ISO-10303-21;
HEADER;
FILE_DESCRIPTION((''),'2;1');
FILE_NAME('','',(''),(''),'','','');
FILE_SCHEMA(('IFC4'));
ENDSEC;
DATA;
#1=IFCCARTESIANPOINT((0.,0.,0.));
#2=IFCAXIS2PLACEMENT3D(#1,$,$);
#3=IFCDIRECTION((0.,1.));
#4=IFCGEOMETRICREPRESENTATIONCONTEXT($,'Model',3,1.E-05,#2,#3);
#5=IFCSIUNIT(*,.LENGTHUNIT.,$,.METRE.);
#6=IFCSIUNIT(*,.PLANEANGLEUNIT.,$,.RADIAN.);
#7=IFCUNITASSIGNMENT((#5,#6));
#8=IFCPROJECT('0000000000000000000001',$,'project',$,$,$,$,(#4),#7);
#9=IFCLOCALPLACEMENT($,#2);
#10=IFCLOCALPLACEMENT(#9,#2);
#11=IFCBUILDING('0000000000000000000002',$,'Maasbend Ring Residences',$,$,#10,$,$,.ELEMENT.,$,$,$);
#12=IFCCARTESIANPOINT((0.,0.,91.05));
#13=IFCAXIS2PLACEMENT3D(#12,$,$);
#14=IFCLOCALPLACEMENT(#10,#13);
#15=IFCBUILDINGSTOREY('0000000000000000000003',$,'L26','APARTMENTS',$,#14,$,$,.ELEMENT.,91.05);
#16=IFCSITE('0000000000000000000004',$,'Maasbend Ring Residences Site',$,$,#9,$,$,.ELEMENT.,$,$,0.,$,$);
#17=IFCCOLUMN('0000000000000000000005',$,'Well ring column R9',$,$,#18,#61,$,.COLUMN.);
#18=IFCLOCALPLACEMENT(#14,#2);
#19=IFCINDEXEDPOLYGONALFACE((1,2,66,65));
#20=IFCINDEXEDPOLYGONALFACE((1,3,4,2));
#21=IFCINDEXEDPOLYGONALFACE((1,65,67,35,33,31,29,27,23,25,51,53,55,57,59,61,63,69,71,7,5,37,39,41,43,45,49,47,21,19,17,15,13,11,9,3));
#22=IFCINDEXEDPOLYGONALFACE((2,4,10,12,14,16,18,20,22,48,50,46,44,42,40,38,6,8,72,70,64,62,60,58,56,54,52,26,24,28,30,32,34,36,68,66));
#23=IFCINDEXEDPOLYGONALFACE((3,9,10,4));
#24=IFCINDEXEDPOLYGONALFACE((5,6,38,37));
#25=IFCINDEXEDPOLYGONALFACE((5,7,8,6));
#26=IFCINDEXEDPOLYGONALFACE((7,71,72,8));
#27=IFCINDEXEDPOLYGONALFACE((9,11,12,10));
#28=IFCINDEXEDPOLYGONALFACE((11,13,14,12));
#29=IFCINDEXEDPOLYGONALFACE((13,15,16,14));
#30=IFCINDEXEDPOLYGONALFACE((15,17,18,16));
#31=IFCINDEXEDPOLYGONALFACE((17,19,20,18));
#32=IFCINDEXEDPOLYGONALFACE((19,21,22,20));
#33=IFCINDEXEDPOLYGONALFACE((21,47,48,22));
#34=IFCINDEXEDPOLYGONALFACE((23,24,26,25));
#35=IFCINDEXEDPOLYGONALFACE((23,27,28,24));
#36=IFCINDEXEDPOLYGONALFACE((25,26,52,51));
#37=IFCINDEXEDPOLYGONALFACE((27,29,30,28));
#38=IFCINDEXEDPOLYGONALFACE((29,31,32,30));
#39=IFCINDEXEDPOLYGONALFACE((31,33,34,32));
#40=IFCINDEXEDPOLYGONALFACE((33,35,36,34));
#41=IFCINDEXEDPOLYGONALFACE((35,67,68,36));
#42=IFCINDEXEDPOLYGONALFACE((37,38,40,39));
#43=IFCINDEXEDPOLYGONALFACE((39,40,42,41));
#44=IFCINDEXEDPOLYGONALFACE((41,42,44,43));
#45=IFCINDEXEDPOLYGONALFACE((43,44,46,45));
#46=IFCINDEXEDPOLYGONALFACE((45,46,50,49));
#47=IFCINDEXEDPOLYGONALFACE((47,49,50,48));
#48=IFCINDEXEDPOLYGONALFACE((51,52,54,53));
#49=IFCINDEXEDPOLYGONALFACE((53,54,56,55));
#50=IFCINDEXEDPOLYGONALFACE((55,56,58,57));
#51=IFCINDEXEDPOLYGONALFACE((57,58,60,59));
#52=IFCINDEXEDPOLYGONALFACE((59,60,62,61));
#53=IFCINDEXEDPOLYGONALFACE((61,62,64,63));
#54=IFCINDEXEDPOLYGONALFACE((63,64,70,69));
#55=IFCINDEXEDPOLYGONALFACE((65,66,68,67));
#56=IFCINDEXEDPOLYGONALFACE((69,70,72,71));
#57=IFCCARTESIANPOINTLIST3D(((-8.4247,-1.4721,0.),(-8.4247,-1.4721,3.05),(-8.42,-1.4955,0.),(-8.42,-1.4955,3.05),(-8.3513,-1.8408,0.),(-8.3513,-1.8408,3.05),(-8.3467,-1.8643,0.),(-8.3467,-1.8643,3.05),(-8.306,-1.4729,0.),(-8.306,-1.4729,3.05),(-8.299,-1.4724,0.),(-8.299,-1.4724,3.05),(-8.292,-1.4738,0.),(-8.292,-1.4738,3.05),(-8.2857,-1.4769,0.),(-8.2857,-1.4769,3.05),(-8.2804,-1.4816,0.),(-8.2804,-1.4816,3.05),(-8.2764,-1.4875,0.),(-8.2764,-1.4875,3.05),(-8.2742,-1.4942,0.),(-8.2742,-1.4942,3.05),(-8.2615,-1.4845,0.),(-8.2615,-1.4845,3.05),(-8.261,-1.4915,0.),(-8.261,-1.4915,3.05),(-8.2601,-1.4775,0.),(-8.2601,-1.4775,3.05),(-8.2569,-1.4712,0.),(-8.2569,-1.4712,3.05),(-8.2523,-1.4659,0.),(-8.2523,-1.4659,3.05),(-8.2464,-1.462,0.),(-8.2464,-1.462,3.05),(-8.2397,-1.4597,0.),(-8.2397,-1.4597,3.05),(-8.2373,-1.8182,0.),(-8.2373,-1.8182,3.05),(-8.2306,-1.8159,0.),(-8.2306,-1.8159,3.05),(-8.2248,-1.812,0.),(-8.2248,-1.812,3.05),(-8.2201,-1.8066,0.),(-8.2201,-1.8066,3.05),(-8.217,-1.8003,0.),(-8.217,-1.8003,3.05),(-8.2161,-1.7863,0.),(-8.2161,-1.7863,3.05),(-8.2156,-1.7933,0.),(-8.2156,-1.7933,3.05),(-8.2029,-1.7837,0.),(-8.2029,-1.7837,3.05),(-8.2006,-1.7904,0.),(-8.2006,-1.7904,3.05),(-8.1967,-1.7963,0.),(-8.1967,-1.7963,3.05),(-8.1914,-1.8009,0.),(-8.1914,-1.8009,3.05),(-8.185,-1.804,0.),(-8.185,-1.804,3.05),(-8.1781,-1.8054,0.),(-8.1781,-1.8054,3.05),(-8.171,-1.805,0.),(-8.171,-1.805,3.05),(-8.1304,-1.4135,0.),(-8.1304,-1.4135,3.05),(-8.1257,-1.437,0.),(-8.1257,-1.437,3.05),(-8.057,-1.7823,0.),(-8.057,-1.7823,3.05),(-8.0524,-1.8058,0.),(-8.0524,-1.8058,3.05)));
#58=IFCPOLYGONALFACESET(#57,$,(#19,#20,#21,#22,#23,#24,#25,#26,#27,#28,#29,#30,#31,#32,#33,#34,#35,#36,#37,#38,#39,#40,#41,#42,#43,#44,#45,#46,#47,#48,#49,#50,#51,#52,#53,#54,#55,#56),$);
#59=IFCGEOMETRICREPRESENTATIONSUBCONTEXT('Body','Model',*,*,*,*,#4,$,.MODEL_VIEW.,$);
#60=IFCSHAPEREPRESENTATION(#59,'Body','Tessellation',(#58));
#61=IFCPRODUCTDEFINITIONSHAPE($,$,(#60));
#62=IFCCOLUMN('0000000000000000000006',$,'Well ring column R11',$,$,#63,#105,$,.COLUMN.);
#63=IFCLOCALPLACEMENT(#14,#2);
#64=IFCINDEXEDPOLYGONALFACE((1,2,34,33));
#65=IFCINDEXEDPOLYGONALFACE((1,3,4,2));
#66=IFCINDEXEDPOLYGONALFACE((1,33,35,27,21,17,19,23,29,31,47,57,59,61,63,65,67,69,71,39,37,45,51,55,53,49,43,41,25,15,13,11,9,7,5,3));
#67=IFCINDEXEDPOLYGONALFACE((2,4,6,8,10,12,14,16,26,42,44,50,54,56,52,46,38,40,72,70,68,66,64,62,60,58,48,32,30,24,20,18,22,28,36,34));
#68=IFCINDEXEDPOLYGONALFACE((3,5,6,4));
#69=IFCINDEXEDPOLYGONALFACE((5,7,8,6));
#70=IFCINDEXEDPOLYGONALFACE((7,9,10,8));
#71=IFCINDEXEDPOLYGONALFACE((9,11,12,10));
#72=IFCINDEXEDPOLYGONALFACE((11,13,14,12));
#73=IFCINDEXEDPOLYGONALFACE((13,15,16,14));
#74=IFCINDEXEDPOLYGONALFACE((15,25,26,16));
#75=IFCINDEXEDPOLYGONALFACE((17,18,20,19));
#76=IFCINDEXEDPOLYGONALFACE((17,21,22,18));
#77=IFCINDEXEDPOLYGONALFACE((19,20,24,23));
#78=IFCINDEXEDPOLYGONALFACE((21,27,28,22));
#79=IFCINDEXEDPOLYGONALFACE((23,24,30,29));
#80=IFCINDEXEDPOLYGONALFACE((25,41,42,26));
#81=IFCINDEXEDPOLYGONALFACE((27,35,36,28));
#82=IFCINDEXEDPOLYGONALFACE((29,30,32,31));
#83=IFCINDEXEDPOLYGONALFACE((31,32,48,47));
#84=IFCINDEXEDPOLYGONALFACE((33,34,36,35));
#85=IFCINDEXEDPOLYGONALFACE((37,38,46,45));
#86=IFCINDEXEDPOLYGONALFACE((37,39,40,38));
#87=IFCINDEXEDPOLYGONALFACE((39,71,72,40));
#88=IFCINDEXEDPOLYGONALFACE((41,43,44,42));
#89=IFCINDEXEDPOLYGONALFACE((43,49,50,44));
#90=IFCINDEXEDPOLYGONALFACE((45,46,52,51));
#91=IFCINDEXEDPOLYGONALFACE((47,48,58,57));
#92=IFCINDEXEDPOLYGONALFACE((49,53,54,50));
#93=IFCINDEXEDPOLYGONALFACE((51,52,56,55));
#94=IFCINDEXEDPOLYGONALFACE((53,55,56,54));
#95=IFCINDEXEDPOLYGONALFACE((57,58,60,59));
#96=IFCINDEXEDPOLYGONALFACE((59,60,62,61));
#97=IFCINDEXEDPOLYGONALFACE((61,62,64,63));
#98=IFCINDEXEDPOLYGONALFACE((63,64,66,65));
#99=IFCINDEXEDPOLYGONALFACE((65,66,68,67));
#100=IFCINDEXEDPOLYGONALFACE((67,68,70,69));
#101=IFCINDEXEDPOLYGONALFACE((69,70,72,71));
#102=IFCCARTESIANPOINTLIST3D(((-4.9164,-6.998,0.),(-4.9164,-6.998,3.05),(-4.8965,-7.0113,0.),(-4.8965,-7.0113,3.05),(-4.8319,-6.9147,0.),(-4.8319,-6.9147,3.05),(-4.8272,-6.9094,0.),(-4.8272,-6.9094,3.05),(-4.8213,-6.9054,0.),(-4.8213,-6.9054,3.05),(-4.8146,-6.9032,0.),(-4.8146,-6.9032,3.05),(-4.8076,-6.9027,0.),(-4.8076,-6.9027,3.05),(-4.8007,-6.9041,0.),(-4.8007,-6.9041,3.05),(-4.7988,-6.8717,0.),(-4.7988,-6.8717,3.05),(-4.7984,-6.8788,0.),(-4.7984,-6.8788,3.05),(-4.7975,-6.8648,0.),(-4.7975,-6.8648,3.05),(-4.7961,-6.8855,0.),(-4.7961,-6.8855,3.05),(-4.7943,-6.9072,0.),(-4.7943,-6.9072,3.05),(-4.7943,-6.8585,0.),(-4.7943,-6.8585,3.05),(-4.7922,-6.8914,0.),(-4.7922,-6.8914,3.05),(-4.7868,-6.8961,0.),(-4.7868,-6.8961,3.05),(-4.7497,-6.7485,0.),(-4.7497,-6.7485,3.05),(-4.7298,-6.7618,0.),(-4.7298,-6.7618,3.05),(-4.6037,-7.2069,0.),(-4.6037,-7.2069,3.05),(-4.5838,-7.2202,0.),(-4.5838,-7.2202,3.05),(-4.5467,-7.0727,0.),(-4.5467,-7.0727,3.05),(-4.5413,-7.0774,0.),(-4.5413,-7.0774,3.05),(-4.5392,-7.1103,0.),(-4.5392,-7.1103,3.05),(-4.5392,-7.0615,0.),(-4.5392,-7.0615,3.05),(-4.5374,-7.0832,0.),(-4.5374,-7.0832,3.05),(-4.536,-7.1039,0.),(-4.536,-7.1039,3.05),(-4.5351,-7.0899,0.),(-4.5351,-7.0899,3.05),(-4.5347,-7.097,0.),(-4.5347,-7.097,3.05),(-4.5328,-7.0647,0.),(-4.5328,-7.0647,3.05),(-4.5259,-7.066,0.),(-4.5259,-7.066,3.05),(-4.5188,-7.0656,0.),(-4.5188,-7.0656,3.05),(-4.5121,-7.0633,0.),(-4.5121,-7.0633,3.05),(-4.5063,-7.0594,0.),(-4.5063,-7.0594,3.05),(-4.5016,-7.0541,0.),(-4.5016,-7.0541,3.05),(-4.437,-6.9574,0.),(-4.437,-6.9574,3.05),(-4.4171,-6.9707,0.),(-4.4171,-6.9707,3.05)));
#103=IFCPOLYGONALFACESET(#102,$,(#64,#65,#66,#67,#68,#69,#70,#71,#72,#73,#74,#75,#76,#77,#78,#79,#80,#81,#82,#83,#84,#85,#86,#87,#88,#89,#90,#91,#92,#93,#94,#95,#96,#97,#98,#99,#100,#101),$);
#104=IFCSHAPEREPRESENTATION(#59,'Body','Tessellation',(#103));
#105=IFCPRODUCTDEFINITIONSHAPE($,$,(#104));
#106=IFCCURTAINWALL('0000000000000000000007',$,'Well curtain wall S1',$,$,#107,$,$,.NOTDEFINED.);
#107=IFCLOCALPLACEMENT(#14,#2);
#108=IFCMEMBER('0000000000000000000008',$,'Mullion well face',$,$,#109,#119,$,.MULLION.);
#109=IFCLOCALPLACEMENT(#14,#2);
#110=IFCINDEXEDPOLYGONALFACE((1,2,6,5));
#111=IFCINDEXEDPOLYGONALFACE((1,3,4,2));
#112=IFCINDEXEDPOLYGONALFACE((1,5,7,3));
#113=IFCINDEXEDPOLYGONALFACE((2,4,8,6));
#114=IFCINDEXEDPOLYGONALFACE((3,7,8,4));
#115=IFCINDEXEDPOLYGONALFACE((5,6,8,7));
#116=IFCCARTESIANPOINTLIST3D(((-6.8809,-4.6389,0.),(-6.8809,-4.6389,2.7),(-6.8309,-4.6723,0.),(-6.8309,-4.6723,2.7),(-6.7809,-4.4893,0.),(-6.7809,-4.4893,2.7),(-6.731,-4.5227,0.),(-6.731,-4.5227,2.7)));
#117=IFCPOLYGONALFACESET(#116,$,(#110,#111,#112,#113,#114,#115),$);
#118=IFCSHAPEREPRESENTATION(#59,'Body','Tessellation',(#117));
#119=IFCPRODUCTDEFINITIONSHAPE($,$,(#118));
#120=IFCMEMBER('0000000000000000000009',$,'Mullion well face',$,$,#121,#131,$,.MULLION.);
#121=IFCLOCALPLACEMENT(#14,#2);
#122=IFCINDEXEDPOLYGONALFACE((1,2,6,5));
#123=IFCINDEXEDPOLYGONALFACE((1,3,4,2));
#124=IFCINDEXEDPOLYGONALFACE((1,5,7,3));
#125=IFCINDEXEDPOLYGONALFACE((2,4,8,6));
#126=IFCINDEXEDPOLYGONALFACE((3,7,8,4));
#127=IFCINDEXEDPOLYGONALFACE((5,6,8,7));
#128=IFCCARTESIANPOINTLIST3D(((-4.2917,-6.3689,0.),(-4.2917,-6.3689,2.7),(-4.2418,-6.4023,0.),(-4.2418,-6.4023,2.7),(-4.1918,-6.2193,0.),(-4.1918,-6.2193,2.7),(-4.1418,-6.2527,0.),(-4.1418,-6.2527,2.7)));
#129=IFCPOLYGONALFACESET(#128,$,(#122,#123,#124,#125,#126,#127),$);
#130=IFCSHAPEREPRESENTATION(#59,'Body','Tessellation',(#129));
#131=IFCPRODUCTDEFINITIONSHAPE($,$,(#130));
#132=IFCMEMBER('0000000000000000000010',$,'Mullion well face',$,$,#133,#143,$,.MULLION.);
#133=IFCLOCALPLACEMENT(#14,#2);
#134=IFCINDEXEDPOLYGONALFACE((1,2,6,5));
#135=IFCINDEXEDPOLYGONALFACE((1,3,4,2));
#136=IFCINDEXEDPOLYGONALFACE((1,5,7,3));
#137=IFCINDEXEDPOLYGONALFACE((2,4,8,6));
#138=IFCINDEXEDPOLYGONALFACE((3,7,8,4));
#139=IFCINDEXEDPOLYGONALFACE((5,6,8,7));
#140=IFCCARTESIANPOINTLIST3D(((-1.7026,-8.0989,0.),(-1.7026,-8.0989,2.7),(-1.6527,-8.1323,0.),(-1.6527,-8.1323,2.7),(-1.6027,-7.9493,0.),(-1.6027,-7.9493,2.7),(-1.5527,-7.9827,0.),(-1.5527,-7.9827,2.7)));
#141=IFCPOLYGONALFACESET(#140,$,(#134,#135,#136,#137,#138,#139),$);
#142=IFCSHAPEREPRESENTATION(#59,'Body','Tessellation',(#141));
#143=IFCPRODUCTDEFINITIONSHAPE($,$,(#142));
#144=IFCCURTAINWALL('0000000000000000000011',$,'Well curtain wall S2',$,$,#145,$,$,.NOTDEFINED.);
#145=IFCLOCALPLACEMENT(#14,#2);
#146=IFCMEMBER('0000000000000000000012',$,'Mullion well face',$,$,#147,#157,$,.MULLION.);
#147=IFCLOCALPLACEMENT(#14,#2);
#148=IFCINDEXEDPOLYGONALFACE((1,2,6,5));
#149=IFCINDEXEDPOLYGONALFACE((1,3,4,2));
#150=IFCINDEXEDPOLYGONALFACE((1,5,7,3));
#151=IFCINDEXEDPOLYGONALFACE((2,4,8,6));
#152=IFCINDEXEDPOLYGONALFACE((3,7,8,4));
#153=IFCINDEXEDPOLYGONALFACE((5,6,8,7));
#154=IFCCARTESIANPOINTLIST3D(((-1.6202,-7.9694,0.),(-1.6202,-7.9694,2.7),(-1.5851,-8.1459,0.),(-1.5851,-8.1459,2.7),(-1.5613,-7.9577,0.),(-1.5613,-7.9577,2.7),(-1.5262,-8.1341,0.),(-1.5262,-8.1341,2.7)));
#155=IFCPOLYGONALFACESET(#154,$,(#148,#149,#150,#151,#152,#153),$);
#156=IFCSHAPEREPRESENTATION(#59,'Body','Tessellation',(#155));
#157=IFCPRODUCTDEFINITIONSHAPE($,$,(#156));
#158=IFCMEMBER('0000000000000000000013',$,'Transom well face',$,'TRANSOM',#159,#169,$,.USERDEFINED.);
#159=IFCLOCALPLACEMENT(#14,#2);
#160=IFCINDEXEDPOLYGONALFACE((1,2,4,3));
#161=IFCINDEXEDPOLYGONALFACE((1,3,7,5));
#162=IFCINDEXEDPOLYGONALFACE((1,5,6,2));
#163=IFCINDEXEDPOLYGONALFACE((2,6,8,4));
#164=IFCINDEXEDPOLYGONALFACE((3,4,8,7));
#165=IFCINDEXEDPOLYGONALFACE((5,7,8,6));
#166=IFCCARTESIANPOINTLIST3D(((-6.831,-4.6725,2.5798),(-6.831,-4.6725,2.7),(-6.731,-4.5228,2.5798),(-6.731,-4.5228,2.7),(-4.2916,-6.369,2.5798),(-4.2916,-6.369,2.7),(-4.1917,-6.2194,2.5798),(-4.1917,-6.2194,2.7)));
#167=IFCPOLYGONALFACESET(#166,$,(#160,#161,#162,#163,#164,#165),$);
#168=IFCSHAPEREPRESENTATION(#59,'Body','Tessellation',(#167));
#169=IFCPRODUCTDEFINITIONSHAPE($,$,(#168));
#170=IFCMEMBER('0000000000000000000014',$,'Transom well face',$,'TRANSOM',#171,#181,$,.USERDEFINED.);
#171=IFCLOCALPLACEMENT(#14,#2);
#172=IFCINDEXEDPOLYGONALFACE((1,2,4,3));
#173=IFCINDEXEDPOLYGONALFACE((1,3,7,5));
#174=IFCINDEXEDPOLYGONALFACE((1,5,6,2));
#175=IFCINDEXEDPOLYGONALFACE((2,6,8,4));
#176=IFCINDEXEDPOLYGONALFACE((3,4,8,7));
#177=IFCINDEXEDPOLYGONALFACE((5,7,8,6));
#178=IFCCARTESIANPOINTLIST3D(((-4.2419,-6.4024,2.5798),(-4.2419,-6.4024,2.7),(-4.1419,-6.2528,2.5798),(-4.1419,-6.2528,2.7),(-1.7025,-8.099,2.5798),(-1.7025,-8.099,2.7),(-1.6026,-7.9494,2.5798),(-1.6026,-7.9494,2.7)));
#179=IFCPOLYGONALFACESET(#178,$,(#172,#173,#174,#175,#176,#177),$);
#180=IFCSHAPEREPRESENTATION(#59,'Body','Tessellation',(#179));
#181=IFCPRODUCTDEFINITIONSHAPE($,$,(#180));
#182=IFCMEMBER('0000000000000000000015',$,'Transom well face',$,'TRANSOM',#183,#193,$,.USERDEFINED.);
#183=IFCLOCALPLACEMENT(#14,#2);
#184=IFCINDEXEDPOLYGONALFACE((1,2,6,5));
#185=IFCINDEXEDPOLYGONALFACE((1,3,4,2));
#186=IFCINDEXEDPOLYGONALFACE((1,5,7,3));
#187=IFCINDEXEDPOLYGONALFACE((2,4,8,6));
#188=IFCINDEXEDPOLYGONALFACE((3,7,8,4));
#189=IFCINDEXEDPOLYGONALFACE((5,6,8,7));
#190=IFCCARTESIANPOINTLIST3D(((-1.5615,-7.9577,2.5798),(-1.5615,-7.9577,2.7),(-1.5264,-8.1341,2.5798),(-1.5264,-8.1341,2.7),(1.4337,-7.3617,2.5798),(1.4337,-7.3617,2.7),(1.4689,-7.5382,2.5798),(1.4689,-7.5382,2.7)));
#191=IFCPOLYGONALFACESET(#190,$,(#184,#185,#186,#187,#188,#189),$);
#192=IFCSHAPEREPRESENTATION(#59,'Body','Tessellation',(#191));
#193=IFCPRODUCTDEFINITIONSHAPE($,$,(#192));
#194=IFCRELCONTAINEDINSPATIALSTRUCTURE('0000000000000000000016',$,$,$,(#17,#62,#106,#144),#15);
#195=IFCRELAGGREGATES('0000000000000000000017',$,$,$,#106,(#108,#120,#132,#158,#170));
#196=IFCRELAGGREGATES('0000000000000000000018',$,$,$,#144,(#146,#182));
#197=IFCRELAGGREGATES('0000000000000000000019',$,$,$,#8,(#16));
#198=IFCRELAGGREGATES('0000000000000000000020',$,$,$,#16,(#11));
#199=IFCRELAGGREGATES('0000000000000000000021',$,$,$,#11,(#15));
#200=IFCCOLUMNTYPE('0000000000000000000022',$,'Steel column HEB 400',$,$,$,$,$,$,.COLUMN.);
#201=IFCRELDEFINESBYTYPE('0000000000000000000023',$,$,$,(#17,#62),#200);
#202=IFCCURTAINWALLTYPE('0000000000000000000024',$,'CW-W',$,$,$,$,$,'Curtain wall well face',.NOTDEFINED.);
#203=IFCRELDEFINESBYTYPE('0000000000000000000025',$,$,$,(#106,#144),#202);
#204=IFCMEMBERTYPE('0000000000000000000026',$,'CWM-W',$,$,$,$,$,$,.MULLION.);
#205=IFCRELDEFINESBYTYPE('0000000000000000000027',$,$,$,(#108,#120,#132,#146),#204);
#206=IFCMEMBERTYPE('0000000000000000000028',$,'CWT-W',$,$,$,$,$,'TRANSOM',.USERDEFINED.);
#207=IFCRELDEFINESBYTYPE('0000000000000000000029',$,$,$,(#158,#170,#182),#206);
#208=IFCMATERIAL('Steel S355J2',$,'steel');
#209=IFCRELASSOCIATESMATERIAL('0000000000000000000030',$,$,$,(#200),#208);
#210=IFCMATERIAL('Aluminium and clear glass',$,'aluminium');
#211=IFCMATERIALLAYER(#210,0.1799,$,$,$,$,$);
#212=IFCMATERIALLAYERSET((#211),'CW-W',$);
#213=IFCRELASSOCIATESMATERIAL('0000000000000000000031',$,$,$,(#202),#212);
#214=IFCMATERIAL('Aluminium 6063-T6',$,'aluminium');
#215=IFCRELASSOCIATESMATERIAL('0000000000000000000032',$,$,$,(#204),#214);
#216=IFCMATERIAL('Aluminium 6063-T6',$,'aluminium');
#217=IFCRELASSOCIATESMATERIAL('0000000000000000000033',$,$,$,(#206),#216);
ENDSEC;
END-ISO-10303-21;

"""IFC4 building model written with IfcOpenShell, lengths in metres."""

from ifc_helpers import new_model, si_unit, direction, frame, origin, origin_2d, place, context, subcontext, project, spatial, rectangle, i_section, extrude, material, layer, layer_set, material_profile, profile_set, type_object, element, aggregate, save


model = new_model("IFC4")

# Units and contexts
model_context = context("Model", 3, precision=1e-05, world=origin(), true_north=direction((0.0, 1.0)))
body_context = subcontext(model_context, "Body", "Model", "MODEL_VIEW")
ifc_project = project(units=[si_unit("LENGTHUNIT", "METRE"), si_unit("PLANEANGLEUNIT", "RADIAN")], contexts=[model_context])

# Site, building, storey
site_placement = place(None, origin())
site = spatial("IfcSite", under=ifc_project, at=site_placement, Name="Maasbend Ring Residences Site", CompositionType="ELEMENT", RefElevation=0.0)
building_placement = place(site_placement, origin())
building = spatial("IfcBuilding", under=site, at=building_placement, Name="Maasbend Ring Residences", CompositionType="ELEMENT")
storey_placement = place(building_placement, frame((0.0, 0.0, 91.05)))
storey = spatial("IfcBuildingStorey", under=building, at=storey_placement, Name="L26", Description="APARTMENTS", CompositionType="ELEMENT", Elevation=91.05)

# Columns
ifc_material_1 = material(Name="Steel S355J2", Category="steel")
ifc_material_profile_1 = material_profile(ifc_material_1, i_section(OverallWidth=0.3, OverallDepth=0.3999, WebThickness=0.0134, FlangeThickness=0.0239, FilletRadius=0.0271, at=origin_2d()), Name="HEB 400")
ifc_profile_set_1 = profile_set([ifc_material_profile_1], Name="Steel S355J2")
column_type = type_object("IfcColumnType", Name="Steel column HEB 400", PredefinedType="COLUMN", material=ifc_profile_set_1)
for number, where, z_axis, x_axis, name in (
    (1, (-8.2385, -1.6389, 0.0), (0.0, 0.0, 1.0), (-0.980785, -0.19509, 0.0), "Well ring column R9"),
    (2, (-4.6667, -6.9844, 0.0), (0.0, 0.0, 1.0), (-0.55557, -0.83147, 0.0), "Well ring column R11"),
):
    element("IfcColumn", number, at=place(storey_placement, frame(where, z_axis=z_axis, x_axis=x_axis)), inside=storey, type_object=column_type, Name=name, PredefinedType="COLUMN", context=body_context, shape_type="SweptSolid", body=[
        extrude(i_section(OverallWidth=0.3, OverallDepth=0.3999, WebThickness=0.0134, FlangeThickness=0.0239, FilletRadius=0.0271, at=origin_2d()), origin(), (0.0, 0.0, 1.0), 3.05),
    ])

# Curtain wall, members
ifc_material_2 = material(Name="Aluminium and clear glass", Category="aluminium")
ifc_layer_1 = layer(ifc_material_2, 0.1799)
ifc_layer_set_1 = layer_set([ifc_layer_1], Name="CW-W")
curtain_wall_type = type_object("IfcCurtainWallType", Name="CW-W", ElementType="Curtain wall well face", PredefinedType="NOTDEFINED", material=ifc_layer_set_1)
curtain_wall_1_placement = place(storey_placement, origin())
curtain_wall_1 = element("IfcCurtainWall", 3, at=curtain_wall_1_placement, inside=storey, type_object=curtain_wall_type, Name="Well curtain wall S1", PredefinedType="NOTDEFINED")
ifc_material_3 = material(Name="Aluminium 6063-T6", Category="aluminium")
ifc_material_profile_2 = material_profile(ifc_material_3, rectangle(XDim=0.1799, YDim=0.0601, at=origin_2d()), Name="AL 180x60")
ifc_profile_set_2 = profile_set([ifc_material_profile_2], Name="Aluminium 6063-T6")
member_type_1 = type_object("IfcMemberType", Name="CWM-W", PredefinedType="MULLION", material=ifc_profile_set_2)
member_1_placement = place(storey_placement, frame((-6.8059, -4.5808, 0.0), z_axis=(0.0, 0.0, 1.0), x_axis=(0.55557, 0.83147, 0.0)))
member_1 = element("IfcMember", 4, at=member_1_placement, type_object=member_type_1, Name="Mullion well face", PredefinedType="MULLION", context=body_context, shape_type="SweptSolid", body=[
    extrude(rectangle(XDim=0.1799, YDim=0.0601, at=origin_2d()), origin(), (0.0, 0.0, 1.0), 2.7),
])
member_2_placement = place(storey_placement, frame((-4.2168, -6.3108, 0.0), z_axis=(0.0, 0.0, 1.0), x_axis=(0.55557, 0.83147, 0.0)))
member_2 = element("IfcMember", 5, at=member_2_placement, type_object=member_type_1, Name="Mullion well face", PredefinedType="MULLION", context=body_context, shape_type="SweptSolid", body=[
    extrude(rectangle(XDim=0.1799, YDim=0.0601, at=origin_2d()), origin(), (0.0, 0.0, 1.0), 2.7),
])
member_3_placement = place(storey_placement, frame((-1.6277, -8.0408, 0.0), z_axis=(0.0, 0.0, 1.0), x_axis=(0.55557, 0.83147, 0.0)))
member_3 = element("IfcMember", 6, at=member_3_placement, type_object=member_type_1, Name="Mullion well face", PredefinedType="MULLION", context=body_context, shape_type="SweptSolid", body=[
    extrude(rectangle(XDim=0.1799, YDim=0.0601, at=origin_2d()), origin(), (0.0, 0.0, 1.0), 2.7),
])

# Curtain wall, member
curtain_wall_2_placement = place(storey_placement, origin())
curtain_wall_2 = element("IfcCurtainWall", 7, at=curtain_wall_2_placement, inside=storey, type_object=curtain_wall_type, Name="Well curtain wall S2", PredefinedType="NOTDEFINED")
member_4_placement = place(storey_placement, frame((-1.5732, -8.0518, 0.0), z_axis=(0.0, 0.0, 1.0), x_axis=(-0.19509, 0.980785, 0.0)))
member_4 = element("IfcMember", 8, at=member_4_placement, type_object=member_type_1, Name="Mullion well face", PredefinedType="MULLION", context=body_context, shape_type="SweptSolid", body=[
    extrude(rectangle(XDim=0.1799, YDim=0.0601, at=origin_2d()), origin(), (0.0, 0.0, 1.0), 2.7),
])

# Members
ifc_material_4 = material(Name="Aluminium 6063-T6", Category="aluminium")
ifc_material_profile_3 = material_profile(ifc_material_4, rectangle(XDim=0.1799, YDim=0.1201, at=origin_2d()), Name="AL 180x120")
ifc_profile_set_3 = profile_set([ifc_material_profile_3], Name="Aluminium 6063-T6")
member_type_2 = type_object("IfcMemberType", Name="CWT-W", ElementType="TRANSOM", PredefinedType="USERDEFINED", material=ifc_profile_set_3)
member_5_placement = place(storey_placement, frame((-6.781, -4.5977, 2.6399), z_axis=(0.831496, -0.55553, 0.0), x_axis=(0.55553, 0.831496, 0.0)))
member_5 = element("IfcMember", 9, at=member_5_placement, type_object=member_type_2, Name="Transom well face", ObjectType="TRANSOM", PredefinedType="USERDEFINED", context=body_context, shape_type="SweptSolid", body=[
    extrude(rectangle(XDim=0.1799, YDim=0.1201, at=origin_2d()), origin(), (0.0, 0.0, 1.0), 3.054),
])
member_6_placement = place(storey_placement, frame((-4.1919, -6.3276, 2.6399), z_axis=(0.831496, -0.55553, 0.0), x_axis=(0.55553, 0.831496, 0.0)))
member_6 = element("IfcMember", 10, at=member_6_placement, type_object=member_type_2, Name="Transom well face", ObjectType="TRANSOM", PredefinedType="USERDEFINED", context=body_context, shape_type="SweptSolid", body=[
    extrude(rectangle(XDim=0.1799, YDim=0.1201, at=origin_2d()), origin(), (0.0, 0.0, 1.0), 3.054),
])
member_7_placement = place(storey_placement, frame((-1.5439, -8.0459, 2.6399), z_axis=(0.980777, 0.195132, 0.0), x_axis=(-0.195132, 0.980777, 0.0)))
member_7 = element("IfcMember", 11, at=member_7_placement, type_object=member_type_2, Name="Transom well face", ObjectType="TRANSOM", PredefinedType="USERDEFINED", context=body_context, shape_type="SweptSolid", body=[
    extrude(rectangle(XDim=0.1799, YDim=0.1201, at=origin_2d()), origin(), (0.0, 0.0, 1.0), 3.054),
])

aggregate(curtain_wall_1, [member_1, member_2, member_3, member_5, member_6])
aggregate(curtain_wall_2, [member_4, member_7])

save(model, "model.ifc")
